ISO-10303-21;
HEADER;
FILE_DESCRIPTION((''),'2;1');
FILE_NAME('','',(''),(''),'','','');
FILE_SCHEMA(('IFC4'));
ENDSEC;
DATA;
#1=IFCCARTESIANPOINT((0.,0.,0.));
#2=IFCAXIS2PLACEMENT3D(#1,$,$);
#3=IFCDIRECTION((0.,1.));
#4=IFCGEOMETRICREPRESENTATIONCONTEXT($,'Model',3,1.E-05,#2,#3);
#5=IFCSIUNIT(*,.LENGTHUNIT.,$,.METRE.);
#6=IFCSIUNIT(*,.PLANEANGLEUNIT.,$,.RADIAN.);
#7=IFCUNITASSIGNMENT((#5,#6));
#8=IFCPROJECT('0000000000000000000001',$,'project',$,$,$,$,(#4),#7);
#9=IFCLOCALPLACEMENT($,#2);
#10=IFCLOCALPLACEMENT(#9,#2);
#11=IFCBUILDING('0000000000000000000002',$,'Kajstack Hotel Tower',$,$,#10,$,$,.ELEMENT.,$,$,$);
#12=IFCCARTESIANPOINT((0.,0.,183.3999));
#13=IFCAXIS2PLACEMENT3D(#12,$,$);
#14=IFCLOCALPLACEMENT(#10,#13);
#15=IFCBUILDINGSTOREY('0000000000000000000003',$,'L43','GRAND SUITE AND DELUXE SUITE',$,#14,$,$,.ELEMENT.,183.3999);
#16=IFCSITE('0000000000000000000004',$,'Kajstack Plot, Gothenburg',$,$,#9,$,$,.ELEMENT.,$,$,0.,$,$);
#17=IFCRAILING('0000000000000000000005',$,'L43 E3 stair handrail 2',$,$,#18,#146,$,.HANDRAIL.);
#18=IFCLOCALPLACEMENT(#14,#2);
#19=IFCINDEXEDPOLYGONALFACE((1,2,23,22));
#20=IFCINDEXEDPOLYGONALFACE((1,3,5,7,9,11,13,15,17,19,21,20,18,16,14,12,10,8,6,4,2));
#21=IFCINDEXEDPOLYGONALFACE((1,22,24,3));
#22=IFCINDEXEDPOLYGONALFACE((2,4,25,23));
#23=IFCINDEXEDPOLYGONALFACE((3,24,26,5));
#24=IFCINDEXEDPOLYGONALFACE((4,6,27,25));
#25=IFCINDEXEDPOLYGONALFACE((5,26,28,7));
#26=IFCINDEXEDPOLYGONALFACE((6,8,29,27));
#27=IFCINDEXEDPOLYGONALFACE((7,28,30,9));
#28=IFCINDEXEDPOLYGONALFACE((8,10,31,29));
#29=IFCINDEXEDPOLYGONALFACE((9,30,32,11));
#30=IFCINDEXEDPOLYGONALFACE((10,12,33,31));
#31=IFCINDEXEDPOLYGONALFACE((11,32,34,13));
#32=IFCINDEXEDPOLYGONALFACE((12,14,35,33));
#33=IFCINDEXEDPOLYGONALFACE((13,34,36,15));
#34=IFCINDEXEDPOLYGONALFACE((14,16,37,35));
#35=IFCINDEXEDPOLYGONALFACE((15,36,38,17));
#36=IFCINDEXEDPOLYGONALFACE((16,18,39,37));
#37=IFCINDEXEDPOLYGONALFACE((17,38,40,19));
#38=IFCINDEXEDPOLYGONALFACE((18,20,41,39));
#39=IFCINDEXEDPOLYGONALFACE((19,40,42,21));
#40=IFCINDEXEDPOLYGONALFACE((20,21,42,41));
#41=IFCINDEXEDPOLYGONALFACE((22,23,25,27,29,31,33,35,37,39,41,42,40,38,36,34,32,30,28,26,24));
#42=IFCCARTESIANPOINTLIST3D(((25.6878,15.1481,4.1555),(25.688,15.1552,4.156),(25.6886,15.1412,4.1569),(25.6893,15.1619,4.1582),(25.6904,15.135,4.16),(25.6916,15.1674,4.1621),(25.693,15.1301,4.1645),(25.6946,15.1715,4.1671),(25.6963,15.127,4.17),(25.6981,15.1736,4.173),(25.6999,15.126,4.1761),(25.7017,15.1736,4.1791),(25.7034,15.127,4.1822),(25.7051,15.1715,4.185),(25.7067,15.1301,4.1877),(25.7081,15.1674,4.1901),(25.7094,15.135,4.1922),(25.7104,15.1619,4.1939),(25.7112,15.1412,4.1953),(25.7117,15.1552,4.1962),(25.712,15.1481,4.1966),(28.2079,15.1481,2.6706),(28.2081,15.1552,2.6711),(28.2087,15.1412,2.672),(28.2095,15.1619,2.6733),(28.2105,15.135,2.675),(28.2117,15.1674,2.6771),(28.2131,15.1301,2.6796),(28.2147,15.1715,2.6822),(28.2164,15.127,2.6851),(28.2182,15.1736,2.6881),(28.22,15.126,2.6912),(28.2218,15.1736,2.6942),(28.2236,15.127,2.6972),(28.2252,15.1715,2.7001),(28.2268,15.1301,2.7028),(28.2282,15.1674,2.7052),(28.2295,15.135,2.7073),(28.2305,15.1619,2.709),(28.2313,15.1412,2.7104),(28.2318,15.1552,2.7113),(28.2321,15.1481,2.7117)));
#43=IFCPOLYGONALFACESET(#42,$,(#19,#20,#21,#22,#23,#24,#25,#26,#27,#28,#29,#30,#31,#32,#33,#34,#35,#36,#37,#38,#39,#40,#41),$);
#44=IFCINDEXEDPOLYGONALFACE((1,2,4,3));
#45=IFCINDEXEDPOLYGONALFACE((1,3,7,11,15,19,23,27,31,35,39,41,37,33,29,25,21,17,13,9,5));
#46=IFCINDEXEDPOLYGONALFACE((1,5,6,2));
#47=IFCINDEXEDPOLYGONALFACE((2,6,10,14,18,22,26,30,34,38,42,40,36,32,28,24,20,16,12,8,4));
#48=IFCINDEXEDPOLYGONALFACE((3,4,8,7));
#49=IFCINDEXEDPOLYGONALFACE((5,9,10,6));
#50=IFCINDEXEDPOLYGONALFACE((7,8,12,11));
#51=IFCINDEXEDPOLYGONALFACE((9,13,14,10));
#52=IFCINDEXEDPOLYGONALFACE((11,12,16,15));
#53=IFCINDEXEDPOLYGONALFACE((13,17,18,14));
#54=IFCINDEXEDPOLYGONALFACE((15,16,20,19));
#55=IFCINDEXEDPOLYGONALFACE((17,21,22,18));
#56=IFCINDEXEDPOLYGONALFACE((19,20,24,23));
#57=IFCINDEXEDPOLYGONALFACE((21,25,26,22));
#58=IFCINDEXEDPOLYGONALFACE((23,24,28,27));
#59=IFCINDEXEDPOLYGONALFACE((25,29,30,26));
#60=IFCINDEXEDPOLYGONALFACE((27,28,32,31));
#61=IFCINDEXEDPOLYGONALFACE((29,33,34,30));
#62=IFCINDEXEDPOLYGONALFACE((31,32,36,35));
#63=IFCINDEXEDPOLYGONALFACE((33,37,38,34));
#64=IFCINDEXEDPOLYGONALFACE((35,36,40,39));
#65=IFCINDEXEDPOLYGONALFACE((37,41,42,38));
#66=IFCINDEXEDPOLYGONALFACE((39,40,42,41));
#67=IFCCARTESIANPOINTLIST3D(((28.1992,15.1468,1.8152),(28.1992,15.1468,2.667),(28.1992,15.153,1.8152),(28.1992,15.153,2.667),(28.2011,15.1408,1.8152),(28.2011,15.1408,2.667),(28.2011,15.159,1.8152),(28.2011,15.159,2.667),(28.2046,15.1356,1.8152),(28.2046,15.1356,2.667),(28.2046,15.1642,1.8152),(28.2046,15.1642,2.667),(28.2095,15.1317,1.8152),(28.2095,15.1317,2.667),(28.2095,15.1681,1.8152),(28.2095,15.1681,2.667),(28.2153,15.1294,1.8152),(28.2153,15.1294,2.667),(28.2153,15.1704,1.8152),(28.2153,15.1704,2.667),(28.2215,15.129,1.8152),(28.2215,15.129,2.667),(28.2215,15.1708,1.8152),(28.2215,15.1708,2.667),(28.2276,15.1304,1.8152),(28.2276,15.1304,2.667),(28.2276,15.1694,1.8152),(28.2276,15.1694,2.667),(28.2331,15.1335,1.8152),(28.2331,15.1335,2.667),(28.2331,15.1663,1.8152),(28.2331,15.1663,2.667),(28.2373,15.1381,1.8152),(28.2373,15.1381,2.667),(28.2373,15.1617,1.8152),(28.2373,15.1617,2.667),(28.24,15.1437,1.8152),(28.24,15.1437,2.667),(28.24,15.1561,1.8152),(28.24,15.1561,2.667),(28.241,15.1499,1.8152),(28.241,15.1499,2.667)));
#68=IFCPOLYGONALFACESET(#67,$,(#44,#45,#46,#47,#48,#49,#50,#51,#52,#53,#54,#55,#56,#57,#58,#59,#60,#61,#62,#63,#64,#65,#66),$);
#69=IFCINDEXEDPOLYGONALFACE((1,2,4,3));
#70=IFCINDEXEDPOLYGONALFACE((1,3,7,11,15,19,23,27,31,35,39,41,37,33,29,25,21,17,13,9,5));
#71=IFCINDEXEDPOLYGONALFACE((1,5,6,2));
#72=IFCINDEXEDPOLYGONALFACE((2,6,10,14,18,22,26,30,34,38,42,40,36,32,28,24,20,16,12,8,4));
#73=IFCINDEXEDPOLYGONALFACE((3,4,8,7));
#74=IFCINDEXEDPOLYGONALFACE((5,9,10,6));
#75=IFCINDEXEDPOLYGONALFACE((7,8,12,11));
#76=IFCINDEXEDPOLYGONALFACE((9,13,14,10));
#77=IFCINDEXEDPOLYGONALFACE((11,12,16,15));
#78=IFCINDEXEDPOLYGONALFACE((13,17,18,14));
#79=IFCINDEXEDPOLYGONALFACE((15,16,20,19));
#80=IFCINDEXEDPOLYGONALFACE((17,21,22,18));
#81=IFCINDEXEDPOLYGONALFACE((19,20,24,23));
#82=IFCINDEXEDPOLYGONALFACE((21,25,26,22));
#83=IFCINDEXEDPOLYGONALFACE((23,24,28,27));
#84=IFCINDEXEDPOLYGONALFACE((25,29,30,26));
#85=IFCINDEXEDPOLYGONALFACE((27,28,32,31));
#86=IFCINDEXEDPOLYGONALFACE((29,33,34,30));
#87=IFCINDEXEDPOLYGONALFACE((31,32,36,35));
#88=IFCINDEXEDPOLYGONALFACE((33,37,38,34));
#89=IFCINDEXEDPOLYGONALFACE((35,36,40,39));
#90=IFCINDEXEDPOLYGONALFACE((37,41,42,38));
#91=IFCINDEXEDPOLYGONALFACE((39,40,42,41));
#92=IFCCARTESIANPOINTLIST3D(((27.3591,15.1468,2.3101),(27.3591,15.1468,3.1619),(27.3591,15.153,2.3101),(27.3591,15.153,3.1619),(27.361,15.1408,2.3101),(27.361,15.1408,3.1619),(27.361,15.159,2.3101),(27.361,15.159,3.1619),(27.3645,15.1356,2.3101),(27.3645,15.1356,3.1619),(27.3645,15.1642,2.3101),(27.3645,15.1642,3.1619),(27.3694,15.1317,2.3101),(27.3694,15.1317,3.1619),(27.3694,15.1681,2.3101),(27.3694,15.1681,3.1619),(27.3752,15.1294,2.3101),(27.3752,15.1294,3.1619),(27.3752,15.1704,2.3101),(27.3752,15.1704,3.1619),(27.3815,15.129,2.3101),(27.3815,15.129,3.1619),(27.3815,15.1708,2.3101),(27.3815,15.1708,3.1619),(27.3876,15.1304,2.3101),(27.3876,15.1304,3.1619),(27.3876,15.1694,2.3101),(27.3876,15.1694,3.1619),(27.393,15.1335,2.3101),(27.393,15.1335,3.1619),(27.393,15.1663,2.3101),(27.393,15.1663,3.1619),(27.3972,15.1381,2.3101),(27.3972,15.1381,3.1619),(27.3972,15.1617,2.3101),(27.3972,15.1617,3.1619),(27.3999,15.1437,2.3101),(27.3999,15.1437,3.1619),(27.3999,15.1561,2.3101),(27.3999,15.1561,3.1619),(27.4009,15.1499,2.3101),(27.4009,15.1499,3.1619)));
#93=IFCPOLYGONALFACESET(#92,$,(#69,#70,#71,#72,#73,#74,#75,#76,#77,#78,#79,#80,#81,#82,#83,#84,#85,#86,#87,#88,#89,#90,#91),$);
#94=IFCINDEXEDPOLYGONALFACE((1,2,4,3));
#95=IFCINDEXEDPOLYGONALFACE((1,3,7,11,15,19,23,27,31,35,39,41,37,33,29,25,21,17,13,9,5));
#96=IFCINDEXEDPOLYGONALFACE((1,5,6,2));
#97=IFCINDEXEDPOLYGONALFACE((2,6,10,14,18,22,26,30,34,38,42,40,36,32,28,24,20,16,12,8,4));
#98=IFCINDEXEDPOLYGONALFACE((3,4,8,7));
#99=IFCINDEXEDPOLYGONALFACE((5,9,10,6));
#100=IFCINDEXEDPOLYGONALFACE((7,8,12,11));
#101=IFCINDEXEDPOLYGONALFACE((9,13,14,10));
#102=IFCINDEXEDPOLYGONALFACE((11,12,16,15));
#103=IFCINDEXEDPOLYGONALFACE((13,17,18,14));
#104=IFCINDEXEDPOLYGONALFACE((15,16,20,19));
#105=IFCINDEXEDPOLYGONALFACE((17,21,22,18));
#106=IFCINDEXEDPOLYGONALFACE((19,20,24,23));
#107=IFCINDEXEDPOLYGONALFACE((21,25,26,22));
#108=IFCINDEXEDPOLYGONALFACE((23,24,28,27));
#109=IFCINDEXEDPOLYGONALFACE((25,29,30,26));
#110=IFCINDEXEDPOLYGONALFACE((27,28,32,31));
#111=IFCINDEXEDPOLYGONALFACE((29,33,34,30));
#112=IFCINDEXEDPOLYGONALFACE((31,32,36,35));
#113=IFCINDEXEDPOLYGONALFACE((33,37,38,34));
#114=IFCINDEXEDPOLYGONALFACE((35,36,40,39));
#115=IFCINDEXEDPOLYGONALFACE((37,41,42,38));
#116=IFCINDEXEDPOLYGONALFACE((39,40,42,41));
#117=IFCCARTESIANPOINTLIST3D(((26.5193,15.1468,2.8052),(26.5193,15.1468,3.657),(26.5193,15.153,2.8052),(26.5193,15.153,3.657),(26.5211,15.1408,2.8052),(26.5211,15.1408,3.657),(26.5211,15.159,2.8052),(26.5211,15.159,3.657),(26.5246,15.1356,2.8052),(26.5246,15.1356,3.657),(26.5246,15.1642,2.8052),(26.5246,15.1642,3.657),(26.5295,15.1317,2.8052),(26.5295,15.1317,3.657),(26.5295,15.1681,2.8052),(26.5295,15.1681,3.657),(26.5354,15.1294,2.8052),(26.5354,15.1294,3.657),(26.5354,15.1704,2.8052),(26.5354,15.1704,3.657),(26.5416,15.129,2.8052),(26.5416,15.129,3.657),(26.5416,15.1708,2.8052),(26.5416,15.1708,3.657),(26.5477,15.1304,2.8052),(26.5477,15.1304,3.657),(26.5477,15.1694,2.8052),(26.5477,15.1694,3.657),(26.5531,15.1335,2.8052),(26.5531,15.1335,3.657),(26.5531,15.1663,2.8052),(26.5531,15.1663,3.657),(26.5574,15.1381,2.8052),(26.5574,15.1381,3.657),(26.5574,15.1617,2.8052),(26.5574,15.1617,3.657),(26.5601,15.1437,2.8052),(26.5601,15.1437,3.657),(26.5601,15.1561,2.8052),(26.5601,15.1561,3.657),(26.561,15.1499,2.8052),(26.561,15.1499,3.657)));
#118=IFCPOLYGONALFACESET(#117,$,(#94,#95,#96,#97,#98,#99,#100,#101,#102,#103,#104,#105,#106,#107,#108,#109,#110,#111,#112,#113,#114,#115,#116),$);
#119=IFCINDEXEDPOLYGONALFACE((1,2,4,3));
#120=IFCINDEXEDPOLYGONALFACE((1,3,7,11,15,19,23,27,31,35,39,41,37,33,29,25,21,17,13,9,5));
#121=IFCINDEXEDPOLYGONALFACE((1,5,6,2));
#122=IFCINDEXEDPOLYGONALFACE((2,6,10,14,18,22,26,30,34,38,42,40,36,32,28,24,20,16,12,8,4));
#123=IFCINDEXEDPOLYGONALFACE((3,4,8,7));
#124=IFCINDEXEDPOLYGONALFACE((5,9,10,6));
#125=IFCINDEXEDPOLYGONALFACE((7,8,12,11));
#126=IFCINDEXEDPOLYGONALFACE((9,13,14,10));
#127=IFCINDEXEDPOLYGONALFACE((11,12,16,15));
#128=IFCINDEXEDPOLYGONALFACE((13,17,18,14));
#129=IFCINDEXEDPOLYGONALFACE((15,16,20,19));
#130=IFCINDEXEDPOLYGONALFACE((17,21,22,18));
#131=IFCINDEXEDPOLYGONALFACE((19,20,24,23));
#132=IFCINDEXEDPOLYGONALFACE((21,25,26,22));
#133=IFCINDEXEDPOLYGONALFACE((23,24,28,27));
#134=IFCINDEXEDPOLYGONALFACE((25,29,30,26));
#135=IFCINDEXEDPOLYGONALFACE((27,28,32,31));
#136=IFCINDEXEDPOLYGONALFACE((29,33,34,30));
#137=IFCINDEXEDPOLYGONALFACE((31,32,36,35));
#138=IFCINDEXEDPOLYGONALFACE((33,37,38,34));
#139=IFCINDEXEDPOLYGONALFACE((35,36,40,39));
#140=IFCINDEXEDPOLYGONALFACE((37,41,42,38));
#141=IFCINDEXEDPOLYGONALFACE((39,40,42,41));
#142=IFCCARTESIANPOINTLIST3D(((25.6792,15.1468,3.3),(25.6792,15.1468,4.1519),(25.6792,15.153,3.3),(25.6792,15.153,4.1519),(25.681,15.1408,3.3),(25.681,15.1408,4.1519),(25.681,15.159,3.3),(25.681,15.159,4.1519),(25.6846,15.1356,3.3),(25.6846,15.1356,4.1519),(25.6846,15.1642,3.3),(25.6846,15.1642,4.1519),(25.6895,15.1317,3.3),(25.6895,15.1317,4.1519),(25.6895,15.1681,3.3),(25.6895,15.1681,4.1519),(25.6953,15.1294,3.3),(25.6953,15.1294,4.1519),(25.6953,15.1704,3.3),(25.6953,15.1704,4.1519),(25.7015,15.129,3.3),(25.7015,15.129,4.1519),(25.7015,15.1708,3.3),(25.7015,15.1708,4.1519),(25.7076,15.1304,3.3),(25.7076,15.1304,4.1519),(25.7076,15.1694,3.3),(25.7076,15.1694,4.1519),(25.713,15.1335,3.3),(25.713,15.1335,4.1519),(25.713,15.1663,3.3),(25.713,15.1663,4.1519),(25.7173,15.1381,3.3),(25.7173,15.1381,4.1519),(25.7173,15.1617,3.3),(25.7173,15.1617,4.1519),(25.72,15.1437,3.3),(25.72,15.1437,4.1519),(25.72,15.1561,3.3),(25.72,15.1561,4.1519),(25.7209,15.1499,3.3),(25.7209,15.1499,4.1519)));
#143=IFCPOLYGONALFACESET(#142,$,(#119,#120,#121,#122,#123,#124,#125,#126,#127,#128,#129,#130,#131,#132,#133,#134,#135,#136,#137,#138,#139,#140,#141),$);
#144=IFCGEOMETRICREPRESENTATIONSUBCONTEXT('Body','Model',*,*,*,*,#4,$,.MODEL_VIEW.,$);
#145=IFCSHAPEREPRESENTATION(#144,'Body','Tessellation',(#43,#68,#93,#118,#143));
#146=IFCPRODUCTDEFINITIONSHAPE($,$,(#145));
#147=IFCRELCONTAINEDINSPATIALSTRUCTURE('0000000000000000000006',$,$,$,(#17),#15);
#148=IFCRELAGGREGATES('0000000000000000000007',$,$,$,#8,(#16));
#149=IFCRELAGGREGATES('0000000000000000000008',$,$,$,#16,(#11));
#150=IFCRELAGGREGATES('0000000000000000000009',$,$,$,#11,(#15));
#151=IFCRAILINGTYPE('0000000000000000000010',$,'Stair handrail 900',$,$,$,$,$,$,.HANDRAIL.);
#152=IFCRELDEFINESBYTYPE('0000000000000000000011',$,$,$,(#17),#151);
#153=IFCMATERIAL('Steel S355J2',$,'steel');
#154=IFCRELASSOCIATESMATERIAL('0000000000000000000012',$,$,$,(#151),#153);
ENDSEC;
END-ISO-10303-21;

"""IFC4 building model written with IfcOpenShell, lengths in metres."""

from ifc_helpers import new_model, si_unit, direction, frame, origin, origin_2d, place, context, subcontext, project, spatial, circle, extrude, material, type_object, element, save


model = new_model("IFC4")

# Units and contexts
model_context = context("Model", 3, precision=1e-05, world=origin(), true_north=direction((0.0, 1.0)))
body_context = subcontext(model_context, "Body", "Model", "MODEL_VIEW")
ifc_project = project(units=[si_unit("LENGTHUNIT", "METRE"), si_unit("PLANEANGLEUNIT", "RADIAN")], contexts=[model_context])

# Site, building, storey
site_placement = place(None, origin())
site = spatial("IfcSite", under=ifc_project, at=site_placement, Name="Kajstack Plot, Gothenburg", CompositionType="ELEMENT", RefElevation=0.0)
building_placement = place(site_placement, origin())
building = spatial("IfcBuilding", under=site, at=building_placement, Name="Kajstack Hotel Tower", CompositionType="ELEMENT")
storey_placement = place(building_placement, frame((0.0, 0.0, 183.3999)))
storey = spatial("IfcBuildingStorey", under=building, at=storey_placement, Name="L43", Description="GRAND SUITE AND DELUXE SUITE", CompositionType="ELEMENT", Elevation=183.3999)

# Railing
ifc_material_1 = material(Name="Steel S355J2", Category="steel")
railing_type_1 = type_object("IfcRailingType", Name="Stair handrail 900", PredefinedType="HANDRAIL", material=ifc_material_1)
railing_1_placement = place(storey_placement, frame((28.22, 15.1499, 1.8152)))
element("IfcRailing", 1, at=railing_1_placement, inside=storey, type_object=railing_type_1, Name="L43 E3 stair handrail 2", PredefinedType="HANDRAIL", context=body_context, shape_type="SweptSolid", body=[
    extrude(circle(Radius=0.0239, at=origin_2d()), frame((0.0, 0.0, 0.876), z_axis=(-0.861561, 0.0, 0.507655), x_axis=(0.0, -1.0, 0.0)), (0.0, 0.0, 1.0), 2.925),
    extrude(circle(Radius=0.021, at=origin_2d()), origin(), (0.0, 0.0, 1.0), 0.8518),
    extrude(circle(Radius=0.021, at=origin_2d()), frame((-0.8401, 0.0, 0.4949)), (0.0, 0.0, 1.0), 0.8518),
    extrude(circle(Radius=0.021, at=origin_2d()), frame((-1.6799, 0.0, 0.99)), (0.0, 0.0, 1.0), 0.8518),
    extrude(circle(Radius=0.021, at=origin_2d()), frame((-2.52, 0.0, 1.4849)), (0.0, 0.0, 1.0), 0.8518),
])

save(model, "model.ifc")
